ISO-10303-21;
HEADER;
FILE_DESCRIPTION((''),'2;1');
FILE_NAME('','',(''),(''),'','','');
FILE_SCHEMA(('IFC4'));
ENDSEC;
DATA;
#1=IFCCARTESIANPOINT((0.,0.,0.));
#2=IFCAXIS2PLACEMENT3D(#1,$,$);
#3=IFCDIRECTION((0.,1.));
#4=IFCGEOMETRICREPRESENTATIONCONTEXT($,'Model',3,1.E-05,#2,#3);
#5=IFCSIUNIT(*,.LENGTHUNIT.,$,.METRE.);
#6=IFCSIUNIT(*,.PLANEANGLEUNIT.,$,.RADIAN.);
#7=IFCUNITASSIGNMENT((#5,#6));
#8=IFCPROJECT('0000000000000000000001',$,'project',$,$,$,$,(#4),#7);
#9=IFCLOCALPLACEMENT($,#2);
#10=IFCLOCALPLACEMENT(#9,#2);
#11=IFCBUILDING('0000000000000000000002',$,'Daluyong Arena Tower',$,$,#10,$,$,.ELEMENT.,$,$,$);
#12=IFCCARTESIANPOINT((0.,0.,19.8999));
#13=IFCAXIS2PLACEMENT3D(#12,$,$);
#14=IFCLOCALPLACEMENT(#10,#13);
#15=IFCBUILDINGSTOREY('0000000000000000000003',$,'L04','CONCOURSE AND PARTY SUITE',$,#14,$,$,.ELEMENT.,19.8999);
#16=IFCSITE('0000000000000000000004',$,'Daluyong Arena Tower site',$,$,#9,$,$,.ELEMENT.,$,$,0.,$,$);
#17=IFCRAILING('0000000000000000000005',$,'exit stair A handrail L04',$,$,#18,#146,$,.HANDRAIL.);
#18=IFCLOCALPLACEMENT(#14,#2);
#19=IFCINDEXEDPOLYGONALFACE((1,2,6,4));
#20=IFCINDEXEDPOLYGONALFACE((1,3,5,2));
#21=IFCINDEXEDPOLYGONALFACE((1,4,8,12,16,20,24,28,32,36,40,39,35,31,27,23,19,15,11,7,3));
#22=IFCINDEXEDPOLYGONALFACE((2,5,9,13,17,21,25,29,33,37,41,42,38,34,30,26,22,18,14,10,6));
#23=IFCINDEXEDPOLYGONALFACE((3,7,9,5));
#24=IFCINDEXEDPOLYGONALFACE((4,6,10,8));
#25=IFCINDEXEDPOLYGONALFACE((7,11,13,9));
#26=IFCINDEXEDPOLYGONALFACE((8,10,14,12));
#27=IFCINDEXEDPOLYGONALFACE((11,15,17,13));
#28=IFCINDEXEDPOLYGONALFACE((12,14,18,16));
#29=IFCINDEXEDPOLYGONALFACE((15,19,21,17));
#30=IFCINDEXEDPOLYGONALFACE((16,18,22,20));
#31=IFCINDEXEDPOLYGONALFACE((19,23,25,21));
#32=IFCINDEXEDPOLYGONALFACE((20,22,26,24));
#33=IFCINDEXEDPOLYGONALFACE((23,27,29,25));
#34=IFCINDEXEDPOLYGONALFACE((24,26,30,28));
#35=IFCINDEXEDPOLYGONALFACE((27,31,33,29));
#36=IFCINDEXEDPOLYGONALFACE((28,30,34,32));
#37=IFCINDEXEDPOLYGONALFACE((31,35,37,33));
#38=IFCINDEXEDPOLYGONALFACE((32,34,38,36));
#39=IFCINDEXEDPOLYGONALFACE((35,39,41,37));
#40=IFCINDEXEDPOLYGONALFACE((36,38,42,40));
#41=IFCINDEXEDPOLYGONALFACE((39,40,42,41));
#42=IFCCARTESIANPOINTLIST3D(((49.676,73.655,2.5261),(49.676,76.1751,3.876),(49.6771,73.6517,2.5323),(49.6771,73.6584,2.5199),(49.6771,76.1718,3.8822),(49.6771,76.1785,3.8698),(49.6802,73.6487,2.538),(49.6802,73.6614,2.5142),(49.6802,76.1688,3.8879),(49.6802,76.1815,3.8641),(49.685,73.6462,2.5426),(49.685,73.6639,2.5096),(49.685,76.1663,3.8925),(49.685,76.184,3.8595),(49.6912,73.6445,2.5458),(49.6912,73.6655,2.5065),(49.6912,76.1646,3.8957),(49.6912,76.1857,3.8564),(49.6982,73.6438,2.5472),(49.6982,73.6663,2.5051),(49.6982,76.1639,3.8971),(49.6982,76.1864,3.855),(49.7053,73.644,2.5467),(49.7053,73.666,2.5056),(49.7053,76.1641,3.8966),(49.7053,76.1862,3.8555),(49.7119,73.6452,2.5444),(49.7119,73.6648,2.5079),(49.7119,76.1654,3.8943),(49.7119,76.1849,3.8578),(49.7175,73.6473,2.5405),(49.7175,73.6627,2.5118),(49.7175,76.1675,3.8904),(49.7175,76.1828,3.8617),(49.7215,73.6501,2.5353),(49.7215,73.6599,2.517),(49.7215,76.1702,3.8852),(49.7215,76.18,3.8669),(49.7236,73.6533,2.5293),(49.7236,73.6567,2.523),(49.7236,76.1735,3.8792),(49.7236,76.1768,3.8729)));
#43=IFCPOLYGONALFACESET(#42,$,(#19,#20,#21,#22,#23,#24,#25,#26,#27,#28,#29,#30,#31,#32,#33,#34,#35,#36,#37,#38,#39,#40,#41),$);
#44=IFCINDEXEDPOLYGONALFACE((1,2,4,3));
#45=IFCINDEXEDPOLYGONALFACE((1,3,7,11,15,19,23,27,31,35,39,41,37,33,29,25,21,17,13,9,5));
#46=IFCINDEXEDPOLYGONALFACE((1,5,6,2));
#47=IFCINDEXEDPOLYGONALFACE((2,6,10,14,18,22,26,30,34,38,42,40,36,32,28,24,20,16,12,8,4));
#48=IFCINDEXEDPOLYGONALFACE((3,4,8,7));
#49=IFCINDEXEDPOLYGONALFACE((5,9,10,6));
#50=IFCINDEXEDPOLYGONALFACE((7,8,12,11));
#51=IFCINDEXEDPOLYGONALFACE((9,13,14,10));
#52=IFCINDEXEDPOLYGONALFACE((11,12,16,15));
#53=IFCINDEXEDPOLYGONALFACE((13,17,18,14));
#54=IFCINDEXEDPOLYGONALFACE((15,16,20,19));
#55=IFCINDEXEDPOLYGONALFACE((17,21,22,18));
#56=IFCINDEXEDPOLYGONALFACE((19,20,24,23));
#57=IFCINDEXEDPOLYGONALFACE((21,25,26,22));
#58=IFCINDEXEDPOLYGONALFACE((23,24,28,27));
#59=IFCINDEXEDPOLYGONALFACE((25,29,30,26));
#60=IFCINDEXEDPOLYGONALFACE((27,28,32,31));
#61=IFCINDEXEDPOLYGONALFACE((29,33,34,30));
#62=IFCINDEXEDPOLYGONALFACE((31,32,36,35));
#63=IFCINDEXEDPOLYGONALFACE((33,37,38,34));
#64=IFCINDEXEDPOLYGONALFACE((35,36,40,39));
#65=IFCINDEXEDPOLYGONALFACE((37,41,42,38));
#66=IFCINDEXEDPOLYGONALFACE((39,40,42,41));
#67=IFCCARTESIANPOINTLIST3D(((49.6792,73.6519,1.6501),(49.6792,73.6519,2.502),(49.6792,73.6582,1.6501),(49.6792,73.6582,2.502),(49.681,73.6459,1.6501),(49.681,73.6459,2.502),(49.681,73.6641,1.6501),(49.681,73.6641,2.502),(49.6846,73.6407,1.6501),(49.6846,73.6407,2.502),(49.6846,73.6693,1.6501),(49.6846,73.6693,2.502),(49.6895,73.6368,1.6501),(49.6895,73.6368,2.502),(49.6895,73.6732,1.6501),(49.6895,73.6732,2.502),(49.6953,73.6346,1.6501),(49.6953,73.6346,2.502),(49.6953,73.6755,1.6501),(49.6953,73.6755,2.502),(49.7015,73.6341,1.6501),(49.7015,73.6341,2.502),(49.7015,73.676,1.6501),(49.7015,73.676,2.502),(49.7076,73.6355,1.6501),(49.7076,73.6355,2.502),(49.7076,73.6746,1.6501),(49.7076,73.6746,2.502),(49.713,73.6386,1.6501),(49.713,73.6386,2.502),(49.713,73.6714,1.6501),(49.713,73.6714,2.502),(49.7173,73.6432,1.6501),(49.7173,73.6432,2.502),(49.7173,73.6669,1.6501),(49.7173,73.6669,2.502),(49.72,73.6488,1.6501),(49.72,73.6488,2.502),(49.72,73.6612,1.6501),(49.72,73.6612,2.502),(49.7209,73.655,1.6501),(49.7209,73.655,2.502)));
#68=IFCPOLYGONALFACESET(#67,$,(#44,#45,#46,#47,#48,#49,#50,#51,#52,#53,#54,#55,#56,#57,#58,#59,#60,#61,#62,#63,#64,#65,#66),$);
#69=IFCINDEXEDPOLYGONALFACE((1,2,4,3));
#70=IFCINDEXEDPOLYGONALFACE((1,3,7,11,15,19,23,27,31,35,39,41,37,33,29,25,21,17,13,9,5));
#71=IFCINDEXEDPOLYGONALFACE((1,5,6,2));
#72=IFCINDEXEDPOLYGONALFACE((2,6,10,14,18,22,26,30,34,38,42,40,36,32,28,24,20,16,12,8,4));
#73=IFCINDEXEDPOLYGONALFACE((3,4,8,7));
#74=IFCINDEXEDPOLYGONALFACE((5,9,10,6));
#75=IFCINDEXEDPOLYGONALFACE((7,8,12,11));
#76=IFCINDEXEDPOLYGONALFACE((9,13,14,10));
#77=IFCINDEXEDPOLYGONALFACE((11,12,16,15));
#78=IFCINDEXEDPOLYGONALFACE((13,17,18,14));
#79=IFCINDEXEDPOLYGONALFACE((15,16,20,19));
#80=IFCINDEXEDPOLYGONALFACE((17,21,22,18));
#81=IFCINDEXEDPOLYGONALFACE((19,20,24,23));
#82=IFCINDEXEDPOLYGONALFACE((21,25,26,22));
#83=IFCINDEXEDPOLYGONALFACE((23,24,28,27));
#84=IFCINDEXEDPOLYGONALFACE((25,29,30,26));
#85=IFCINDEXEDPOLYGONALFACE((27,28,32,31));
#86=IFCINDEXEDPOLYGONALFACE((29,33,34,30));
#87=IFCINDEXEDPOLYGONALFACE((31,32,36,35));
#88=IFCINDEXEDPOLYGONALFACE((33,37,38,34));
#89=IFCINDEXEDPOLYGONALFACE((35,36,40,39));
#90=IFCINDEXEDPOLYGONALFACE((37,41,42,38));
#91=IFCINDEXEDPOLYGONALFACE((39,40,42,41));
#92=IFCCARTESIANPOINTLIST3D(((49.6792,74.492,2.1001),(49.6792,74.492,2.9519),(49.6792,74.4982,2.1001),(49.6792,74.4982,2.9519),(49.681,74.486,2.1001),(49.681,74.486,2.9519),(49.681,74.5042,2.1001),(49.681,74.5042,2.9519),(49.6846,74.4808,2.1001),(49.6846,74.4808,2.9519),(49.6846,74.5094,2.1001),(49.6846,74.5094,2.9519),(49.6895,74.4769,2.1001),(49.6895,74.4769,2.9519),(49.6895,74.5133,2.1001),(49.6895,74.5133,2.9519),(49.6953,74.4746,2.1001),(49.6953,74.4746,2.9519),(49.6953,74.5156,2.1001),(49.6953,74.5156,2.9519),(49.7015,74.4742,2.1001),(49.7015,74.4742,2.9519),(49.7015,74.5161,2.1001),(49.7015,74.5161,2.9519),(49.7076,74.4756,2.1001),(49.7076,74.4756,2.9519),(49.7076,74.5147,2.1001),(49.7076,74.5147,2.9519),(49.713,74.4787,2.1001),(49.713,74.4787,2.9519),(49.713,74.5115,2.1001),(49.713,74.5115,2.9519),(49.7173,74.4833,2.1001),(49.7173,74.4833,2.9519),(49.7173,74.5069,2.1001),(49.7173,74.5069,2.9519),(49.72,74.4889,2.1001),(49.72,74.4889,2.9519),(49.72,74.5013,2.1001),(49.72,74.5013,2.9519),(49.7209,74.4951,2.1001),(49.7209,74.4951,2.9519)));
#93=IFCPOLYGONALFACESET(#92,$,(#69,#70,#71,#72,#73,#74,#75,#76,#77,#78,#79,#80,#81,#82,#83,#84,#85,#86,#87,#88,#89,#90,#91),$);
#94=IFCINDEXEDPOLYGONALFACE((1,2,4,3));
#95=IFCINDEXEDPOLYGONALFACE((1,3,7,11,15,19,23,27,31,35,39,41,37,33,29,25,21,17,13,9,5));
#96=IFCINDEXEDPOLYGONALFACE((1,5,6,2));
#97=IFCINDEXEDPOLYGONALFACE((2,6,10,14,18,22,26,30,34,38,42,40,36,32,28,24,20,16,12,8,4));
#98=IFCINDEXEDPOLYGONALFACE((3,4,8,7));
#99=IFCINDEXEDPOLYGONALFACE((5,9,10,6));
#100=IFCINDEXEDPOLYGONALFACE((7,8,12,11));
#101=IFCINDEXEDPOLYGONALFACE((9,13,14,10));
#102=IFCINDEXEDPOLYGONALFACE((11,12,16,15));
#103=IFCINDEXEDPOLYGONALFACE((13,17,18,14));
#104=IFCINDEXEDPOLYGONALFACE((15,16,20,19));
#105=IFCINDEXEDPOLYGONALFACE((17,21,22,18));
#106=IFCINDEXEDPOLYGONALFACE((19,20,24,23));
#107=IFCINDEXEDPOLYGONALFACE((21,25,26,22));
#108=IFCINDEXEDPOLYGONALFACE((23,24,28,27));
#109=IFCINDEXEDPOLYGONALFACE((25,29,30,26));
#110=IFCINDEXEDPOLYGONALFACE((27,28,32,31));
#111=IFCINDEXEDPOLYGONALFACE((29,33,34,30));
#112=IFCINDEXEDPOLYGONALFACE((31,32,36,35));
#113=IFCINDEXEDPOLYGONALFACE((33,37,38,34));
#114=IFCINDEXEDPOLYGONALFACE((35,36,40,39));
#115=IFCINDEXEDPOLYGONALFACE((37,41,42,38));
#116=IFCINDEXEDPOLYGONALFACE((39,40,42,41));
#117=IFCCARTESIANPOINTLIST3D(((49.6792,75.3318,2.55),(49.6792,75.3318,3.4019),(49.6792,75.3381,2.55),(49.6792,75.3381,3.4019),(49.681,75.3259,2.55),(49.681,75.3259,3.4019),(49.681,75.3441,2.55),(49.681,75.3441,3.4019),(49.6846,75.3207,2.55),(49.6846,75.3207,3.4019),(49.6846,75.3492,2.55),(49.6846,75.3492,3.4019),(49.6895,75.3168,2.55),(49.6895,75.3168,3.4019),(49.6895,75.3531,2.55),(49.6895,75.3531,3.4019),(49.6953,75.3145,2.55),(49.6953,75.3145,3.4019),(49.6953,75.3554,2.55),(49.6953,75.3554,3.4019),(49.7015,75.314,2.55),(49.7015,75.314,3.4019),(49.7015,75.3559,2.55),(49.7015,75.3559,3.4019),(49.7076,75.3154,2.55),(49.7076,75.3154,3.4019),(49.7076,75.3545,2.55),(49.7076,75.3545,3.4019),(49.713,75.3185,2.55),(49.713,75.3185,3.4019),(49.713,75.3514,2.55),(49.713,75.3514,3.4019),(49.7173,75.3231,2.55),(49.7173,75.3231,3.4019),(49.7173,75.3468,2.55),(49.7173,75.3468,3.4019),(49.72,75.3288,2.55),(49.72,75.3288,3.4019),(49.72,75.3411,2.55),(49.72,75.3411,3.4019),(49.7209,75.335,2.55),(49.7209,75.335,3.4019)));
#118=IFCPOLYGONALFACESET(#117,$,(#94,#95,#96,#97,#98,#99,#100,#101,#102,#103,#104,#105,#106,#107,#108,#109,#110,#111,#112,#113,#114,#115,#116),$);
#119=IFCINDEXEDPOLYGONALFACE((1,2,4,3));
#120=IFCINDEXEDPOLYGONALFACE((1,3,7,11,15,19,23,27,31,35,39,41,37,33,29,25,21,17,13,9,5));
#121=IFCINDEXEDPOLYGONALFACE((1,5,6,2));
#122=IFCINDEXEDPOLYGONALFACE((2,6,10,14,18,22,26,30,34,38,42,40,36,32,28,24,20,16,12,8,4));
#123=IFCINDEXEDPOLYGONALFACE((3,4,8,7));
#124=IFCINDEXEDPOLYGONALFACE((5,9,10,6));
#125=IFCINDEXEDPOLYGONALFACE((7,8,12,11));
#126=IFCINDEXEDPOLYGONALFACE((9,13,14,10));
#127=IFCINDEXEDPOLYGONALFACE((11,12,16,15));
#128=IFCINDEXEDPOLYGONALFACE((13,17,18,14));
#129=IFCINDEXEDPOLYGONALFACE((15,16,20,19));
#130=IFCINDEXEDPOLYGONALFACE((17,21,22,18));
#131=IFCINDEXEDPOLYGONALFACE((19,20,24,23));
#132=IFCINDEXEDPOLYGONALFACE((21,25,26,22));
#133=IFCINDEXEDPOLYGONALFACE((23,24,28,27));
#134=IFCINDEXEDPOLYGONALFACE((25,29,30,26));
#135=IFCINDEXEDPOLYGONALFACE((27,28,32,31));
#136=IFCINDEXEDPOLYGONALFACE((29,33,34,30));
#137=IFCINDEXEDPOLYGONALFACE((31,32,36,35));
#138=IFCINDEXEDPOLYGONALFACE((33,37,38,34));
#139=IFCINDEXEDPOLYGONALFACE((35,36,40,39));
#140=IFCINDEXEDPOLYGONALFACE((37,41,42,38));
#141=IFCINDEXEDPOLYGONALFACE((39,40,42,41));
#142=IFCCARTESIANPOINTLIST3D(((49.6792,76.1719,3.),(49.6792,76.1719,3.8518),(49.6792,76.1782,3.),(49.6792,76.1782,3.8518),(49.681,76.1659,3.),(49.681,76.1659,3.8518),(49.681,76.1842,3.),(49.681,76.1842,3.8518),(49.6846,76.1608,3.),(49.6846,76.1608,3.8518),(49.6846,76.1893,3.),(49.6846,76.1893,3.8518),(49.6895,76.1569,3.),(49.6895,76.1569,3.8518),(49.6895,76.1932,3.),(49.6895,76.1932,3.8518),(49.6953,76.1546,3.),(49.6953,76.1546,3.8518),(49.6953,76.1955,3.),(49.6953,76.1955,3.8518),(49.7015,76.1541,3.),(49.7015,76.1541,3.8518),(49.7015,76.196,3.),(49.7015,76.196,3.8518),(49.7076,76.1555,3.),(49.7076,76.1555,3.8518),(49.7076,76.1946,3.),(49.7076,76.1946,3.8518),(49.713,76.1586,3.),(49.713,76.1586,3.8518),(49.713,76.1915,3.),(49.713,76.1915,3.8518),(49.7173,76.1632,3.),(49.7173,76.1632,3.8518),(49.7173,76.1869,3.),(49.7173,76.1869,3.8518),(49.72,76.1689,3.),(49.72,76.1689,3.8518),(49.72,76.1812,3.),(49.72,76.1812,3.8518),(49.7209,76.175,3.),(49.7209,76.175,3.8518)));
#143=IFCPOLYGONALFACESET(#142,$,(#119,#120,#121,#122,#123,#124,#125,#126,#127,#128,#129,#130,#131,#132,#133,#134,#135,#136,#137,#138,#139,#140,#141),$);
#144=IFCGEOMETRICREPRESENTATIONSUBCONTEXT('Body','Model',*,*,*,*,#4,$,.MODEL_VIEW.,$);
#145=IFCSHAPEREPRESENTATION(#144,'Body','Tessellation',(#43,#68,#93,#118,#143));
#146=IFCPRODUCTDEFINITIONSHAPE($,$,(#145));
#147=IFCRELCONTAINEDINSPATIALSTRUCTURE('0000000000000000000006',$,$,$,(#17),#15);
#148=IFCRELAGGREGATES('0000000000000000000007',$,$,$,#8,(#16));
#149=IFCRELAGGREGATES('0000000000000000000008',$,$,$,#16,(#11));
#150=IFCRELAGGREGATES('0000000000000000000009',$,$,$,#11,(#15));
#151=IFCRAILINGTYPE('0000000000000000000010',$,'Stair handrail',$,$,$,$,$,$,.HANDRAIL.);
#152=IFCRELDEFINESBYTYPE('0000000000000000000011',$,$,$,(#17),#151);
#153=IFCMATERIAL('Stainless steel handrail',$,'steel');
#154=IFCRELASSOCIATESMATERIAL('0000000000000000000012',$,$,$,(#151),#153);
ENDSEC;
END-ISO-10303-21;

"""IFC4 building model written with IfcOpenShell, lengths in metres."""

from ifc_helpers import new_model, si_unit, direction, frame, origin, origin_2d, place, context, subcontext, project, spatial, circle, extrude, material, type_object, element, save


model = new_model("IFC4")

# Units and contexts
model_context = context("Model", 3, precision=1e-05, world=origin(), true_north=direction((0.0, 1.0)))
body_context = subcontext(model_context, "Body", "Model", "MODEL_VIEW")
ifc_project = project(units=[si_unit("LENGTHUNIT", "METRE"), si_unit("PLANEANGLEUNIT", "RADIAN")], contexts=[model_context])

# Site, building, storey
site_placement = place(None, origin())
site = spatial("IfcSite", under=ifc_project, at=site_placement, Name="Daluyong Arena Tower site", CompositionType="ELEMENT", RefElevation=0.0)
building_placement = place(site_placement, origin())
building = spatial("IfcBuilding", under=site, at=building_placement, Name="Daluyong Arena Tower", CompositionType="ELEMENT")
storey_placement = place(building_placement, frame((0.0, 0.0, 19.8999)))
storey = spatial("IfcBuildingStorey", under=building, at=storey_placement, Name="L04", Description="CONCOURSE AND PARTY SUITE", CompositionType="ELEMENT", Elevation=19.8999)

# Railing
ifc_material_1 = material(Name="Stainless steel handrail", Category="steel")
railing_type_1 = type_object("IfcRailingType", Name="Stair handrail", PredefinedType="HANDRAIL", material=ifc_material_1)
for number, where, name in (
    (1, (49.7, 73.655, 1.6501), "exit stair A handrail L04"),
):
    element("IfcRailing", number, at=place(storey_placement, frame(where)), inside=storey, type_object=railing_type_1, Name=name, PredefinedType="HANDRAIL", context=body_context, shape_type="SweptSolid", body=[
        extrude(circle(Radius=0.0239, at=origin_2d()), frame((0.0, 0.0, 0.876), z_axis=(0.0, 0.881503, 0.472179), x_axis=(-1.0, 0.0, 0.0)), (0.0, 0.0, 1.0), 2.8589),
        extrude(circle(Radius=0.021, at=origin_2d()), origin(), (0.0, 0.0, 1.0), 0.8518),
        extrude(circle(Radius=0.021, at=origin_2d()), frame((0.0, 0.8401, 0.45)), (0.0, 0.0, 1.0), 0.8518),
        extrude(circle(Radius=0.021, at=origin_2d()), frame((0.0, 1.6799, 0.8999)), (0.0, 0.0, 1.0), 0.8518),
        extrude(circle(Radius=0.021, at=origin_2d()), frame((0.0, 2.52, 1.3499)), (0.0, 0.0, 1.0), 0.8518),
    ])

save(model, "model.ifc")
